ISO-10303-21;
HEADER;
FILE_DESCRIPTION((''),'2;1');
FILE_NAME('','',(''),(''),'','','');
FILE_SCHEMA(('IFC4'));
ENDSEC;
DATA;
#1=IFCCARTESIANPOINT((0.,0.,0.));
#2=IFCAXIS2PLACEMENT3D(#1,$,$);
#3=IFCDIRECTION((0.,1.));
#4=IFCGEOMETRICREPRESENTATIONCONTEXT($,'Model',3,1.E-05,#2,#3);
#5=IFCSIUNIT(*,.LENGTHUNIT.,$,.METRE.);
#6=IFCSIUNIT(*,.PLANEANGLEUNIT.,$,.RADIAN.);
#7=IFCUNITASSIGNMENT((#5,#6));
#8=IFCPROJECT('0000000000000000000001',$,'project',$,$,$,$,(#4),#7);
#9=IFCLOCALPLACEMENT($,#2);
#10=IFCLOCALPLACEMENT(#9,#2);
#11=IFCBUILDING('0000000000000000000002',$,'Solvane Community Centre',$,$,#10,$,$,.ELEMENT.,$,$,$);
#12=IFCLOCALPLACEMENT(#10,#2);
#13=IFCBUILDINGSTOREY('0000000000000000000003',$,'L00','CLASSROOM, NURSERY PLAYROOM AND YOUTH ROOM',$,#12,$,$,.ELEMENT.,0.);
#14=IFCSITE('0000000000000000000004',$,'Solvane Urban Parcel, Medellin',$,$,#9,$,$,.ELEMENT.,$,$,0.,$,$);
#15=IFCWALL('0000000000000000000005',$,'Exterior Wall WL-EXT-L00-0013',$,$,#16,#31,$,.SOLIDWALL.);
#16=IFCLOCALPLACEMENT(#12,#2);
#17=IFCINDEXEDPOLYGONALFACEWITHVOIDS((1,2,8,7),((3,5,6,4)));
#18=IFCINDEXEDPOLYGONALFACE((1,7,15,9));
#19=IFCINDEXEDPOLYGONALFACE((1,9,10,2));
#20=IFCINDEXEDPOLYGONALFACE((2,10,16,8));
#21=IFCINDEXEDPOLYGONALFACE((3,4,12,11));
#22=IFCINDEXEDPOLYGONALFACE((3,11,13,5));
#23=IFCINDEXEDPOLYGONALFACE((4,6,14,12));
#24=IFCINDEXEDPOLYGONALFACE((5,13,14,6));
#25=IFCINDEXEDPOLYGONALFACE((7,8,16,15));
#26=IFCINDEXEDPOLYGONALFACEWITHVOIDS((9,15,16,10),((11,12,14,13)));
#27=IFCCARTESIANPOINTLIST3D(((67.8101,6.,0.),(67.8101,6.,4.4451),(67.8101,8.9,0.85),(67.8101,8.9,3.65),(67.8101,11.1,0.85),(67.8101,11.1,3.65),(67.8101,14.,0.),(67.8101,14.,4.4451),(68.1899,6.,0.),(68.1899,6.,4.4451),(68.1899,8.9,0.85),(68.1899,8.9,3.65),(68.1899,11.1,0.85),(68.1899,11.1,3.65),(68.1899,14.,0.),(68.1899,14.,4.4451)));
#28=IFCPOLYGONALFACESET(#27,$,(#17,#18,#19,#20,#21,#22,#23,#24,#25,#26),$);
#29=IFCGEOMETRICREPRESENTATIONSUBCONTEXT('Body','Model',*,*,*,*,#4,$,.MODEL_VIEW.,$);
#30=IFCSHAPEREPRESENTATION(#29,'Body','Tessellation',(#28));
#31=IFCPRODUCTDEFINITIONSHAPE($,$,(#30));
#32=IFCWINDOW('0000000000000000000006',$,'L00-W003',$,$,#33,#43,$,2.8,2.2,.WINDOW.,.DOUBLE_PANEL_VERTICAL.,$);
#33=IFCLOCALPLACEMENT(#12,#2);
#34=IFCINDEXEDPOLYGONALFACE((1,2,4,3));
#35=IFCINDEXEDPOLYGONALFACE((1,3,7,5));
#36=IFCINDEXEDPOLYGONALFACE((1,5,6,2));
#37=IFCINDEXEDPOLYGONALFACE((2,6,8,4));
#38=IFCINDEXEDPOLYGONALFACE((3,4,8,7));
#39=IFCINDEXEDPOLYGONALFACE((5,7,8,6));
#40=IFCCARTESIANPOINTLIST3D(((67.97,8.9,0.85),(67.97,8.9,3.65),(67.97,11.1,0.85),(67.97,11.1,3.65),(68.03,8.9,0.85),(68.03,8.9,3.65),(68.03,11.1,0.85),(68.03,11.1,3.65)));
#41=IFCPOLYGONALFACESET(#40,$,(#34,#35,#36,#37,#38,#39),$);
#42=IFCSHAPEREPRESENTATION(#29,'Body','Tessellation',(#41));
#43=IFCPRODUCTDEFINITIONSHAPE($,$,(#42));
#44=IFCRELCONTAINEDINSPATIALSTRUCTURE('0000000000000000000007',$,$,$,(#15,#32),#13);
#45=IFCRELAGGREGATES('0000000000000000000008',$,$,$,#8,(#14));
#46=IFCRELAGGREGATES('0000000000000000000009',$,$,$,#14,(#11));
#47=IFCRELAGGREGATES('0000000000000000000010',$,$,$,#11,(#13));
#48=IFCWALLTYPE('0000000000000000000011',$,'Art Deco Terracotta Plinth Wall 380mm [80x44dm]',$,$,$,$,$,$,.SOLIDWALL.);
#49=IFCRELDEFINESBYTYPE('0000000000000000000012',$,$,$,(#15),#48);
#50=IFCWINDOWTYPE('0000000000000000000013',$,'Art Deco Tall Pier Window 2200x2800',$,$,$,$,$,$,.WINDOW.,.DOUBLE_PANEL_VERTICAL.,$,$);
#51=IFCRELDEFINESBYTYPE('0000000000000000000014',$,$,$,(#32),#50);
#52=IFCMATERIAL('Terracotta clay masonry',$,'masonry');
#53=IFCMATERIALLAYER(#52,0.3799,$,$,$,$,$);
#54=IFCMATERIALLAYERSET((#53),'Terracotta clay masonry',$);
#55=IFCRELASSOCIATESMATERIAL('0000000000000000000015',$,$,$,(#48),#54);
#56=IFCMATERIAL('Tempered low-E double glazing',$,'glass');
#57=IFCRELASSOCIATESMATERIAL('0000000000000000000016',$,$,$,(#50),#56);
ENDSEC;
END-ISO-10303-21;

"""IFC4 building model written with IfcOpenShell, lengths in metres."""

from ifc_helpers import new_model, si_unit, direction, frame, frame_2d, origin, place, context, subcontext, project, spatial, rectangle, extrude, material, layer, layer_set, type_object, element, fill, save


model = new_model("IFC4")

# Units and contexts
model_context = context("Model", 3, precision=1e-05, world=origin(), true_north=direction((0.0, 1.0)))
body_context = subcontext(model_context, "Body", "Model", "MODEL_VIEW")
ifc_project = project(units=[si_unit("LENGTHUNIT", "METRE"), si_unit("PLANEANGLEUNIT", "RADIAN")], contexts=[model_context])

# Site, building, storey
site_placement = place(None, origin())
site = spatial("IfcSite", under=ifc_project, at=site_placement, Name="Solvane Urban Parcel, Medellin", CompositionType="ELEMENT", RefElevation=0.0)
building_placement = place(site_placement, origin())
building = spatial("IfcBuilding", under=site, at=building_placement, Name="Solvane Community Centre", CompositionType="ELEMENT")
storey_placement = place(building_placement, origin())
storey = spatial("IfcBuildingStorey", under=building, at=storey_placement, Name="L00", Description="CLASSROOM, NURSERY PLAYROOM AND YOUTH ROOM", CompositionType="ELEMENT", Elevation=0.0)

# Shared definitions
ifc_material_1 = material(Name="Tempered low-E double glazing", Category="glass")

# Wall, opening, window
ifc_material_2 = material(Name="Terracotta clay masonry", Category="masonry")
ifc_layer_1 = layer(ifc_material_2, 0.3799)
ifc_layer_set_1 = layer_set([ifc_layer_1], Name="Terracotta clay masonry")
wall_type = type_object("IfcWallType", Name="Art Deco Terracotta Plinth Wall 380mm [80x44dm]", PredefinedType="SOLIDWALL", material=ifc_layer_set_1)
wall_placement = place(storey_placement, frame((68.0, 6.0, 0.0), z_axis=(0.0, 0.0, 1.0), x_axis=(0.0, 1.0, 0.0)))
wall = element("IfcWall", 1, at=wall_placement, inside=storey, type_object=wall_type, Name="Exterior Wall WL-EXT-L00-0013", PredefinedType="SOLIDWALL", context=body_context, shape_type="SweptSolid", body=[
    extrude(rectangle(XDim=8.0, YDim=0.3799, at=frame_2d((4.0, 0.0))), origin(), (0.0, 0.0, 1.0), 4.4451),
])
opening_placement = place(wall_placement, frame((2.8999, 0.0, 0.8501)))
opening = element("IfcOpeningElement", 2, at=opening_placement, cuts=wall, PredefinedType="OPENING", context=body_context, shape_type="SweptSolid", body=[
    extrude(rectangle(XDim=2.2, YDim=2.8, at=frame_2d((1.1001, 1.3999))), frame((0.0, 0.2, 0.0), z_axis=(0.0, -1.0, 0.0), x_axis=(1.0, 0.0, 0.0)), (0.0, 0.0, 1.0), 0.3999),
])
window_type = type_object("IfcWindowType", Name="Art Deco Tall Pier Window 2200x2800", PartitioningType="DOUBLE_PANEL_VERTICAL", PredefinedType="WINDOW", material=ifc_material_1)
window_placement = place(opening_placement, origin())
window = element("IfcWindow", 3, at=window_placement, inside=storey, type_object=window_type, Name="L00-W003", OverallHeight=2.8, OverallWidth=2.2, PartitioningType="DOUBLE_PANEL_VERTICAL", PredefinedType="WINDOW", context=body_context, shape_type="SweptSolid", body=[
    extrude(rectangle(XDim=2.2, YDim=2.8, at=frame_2d((1.1001, 1.3999))), frame((0.0, 0.03, 0.0), z_axis=(0.0, -1.0, 0.0), x_axis=(1.0, 0.0, 0.0)), (0.0, 0.0, 1.0), 0.0601),
])
fill(opening, window)

save(model, "model.ifc")
